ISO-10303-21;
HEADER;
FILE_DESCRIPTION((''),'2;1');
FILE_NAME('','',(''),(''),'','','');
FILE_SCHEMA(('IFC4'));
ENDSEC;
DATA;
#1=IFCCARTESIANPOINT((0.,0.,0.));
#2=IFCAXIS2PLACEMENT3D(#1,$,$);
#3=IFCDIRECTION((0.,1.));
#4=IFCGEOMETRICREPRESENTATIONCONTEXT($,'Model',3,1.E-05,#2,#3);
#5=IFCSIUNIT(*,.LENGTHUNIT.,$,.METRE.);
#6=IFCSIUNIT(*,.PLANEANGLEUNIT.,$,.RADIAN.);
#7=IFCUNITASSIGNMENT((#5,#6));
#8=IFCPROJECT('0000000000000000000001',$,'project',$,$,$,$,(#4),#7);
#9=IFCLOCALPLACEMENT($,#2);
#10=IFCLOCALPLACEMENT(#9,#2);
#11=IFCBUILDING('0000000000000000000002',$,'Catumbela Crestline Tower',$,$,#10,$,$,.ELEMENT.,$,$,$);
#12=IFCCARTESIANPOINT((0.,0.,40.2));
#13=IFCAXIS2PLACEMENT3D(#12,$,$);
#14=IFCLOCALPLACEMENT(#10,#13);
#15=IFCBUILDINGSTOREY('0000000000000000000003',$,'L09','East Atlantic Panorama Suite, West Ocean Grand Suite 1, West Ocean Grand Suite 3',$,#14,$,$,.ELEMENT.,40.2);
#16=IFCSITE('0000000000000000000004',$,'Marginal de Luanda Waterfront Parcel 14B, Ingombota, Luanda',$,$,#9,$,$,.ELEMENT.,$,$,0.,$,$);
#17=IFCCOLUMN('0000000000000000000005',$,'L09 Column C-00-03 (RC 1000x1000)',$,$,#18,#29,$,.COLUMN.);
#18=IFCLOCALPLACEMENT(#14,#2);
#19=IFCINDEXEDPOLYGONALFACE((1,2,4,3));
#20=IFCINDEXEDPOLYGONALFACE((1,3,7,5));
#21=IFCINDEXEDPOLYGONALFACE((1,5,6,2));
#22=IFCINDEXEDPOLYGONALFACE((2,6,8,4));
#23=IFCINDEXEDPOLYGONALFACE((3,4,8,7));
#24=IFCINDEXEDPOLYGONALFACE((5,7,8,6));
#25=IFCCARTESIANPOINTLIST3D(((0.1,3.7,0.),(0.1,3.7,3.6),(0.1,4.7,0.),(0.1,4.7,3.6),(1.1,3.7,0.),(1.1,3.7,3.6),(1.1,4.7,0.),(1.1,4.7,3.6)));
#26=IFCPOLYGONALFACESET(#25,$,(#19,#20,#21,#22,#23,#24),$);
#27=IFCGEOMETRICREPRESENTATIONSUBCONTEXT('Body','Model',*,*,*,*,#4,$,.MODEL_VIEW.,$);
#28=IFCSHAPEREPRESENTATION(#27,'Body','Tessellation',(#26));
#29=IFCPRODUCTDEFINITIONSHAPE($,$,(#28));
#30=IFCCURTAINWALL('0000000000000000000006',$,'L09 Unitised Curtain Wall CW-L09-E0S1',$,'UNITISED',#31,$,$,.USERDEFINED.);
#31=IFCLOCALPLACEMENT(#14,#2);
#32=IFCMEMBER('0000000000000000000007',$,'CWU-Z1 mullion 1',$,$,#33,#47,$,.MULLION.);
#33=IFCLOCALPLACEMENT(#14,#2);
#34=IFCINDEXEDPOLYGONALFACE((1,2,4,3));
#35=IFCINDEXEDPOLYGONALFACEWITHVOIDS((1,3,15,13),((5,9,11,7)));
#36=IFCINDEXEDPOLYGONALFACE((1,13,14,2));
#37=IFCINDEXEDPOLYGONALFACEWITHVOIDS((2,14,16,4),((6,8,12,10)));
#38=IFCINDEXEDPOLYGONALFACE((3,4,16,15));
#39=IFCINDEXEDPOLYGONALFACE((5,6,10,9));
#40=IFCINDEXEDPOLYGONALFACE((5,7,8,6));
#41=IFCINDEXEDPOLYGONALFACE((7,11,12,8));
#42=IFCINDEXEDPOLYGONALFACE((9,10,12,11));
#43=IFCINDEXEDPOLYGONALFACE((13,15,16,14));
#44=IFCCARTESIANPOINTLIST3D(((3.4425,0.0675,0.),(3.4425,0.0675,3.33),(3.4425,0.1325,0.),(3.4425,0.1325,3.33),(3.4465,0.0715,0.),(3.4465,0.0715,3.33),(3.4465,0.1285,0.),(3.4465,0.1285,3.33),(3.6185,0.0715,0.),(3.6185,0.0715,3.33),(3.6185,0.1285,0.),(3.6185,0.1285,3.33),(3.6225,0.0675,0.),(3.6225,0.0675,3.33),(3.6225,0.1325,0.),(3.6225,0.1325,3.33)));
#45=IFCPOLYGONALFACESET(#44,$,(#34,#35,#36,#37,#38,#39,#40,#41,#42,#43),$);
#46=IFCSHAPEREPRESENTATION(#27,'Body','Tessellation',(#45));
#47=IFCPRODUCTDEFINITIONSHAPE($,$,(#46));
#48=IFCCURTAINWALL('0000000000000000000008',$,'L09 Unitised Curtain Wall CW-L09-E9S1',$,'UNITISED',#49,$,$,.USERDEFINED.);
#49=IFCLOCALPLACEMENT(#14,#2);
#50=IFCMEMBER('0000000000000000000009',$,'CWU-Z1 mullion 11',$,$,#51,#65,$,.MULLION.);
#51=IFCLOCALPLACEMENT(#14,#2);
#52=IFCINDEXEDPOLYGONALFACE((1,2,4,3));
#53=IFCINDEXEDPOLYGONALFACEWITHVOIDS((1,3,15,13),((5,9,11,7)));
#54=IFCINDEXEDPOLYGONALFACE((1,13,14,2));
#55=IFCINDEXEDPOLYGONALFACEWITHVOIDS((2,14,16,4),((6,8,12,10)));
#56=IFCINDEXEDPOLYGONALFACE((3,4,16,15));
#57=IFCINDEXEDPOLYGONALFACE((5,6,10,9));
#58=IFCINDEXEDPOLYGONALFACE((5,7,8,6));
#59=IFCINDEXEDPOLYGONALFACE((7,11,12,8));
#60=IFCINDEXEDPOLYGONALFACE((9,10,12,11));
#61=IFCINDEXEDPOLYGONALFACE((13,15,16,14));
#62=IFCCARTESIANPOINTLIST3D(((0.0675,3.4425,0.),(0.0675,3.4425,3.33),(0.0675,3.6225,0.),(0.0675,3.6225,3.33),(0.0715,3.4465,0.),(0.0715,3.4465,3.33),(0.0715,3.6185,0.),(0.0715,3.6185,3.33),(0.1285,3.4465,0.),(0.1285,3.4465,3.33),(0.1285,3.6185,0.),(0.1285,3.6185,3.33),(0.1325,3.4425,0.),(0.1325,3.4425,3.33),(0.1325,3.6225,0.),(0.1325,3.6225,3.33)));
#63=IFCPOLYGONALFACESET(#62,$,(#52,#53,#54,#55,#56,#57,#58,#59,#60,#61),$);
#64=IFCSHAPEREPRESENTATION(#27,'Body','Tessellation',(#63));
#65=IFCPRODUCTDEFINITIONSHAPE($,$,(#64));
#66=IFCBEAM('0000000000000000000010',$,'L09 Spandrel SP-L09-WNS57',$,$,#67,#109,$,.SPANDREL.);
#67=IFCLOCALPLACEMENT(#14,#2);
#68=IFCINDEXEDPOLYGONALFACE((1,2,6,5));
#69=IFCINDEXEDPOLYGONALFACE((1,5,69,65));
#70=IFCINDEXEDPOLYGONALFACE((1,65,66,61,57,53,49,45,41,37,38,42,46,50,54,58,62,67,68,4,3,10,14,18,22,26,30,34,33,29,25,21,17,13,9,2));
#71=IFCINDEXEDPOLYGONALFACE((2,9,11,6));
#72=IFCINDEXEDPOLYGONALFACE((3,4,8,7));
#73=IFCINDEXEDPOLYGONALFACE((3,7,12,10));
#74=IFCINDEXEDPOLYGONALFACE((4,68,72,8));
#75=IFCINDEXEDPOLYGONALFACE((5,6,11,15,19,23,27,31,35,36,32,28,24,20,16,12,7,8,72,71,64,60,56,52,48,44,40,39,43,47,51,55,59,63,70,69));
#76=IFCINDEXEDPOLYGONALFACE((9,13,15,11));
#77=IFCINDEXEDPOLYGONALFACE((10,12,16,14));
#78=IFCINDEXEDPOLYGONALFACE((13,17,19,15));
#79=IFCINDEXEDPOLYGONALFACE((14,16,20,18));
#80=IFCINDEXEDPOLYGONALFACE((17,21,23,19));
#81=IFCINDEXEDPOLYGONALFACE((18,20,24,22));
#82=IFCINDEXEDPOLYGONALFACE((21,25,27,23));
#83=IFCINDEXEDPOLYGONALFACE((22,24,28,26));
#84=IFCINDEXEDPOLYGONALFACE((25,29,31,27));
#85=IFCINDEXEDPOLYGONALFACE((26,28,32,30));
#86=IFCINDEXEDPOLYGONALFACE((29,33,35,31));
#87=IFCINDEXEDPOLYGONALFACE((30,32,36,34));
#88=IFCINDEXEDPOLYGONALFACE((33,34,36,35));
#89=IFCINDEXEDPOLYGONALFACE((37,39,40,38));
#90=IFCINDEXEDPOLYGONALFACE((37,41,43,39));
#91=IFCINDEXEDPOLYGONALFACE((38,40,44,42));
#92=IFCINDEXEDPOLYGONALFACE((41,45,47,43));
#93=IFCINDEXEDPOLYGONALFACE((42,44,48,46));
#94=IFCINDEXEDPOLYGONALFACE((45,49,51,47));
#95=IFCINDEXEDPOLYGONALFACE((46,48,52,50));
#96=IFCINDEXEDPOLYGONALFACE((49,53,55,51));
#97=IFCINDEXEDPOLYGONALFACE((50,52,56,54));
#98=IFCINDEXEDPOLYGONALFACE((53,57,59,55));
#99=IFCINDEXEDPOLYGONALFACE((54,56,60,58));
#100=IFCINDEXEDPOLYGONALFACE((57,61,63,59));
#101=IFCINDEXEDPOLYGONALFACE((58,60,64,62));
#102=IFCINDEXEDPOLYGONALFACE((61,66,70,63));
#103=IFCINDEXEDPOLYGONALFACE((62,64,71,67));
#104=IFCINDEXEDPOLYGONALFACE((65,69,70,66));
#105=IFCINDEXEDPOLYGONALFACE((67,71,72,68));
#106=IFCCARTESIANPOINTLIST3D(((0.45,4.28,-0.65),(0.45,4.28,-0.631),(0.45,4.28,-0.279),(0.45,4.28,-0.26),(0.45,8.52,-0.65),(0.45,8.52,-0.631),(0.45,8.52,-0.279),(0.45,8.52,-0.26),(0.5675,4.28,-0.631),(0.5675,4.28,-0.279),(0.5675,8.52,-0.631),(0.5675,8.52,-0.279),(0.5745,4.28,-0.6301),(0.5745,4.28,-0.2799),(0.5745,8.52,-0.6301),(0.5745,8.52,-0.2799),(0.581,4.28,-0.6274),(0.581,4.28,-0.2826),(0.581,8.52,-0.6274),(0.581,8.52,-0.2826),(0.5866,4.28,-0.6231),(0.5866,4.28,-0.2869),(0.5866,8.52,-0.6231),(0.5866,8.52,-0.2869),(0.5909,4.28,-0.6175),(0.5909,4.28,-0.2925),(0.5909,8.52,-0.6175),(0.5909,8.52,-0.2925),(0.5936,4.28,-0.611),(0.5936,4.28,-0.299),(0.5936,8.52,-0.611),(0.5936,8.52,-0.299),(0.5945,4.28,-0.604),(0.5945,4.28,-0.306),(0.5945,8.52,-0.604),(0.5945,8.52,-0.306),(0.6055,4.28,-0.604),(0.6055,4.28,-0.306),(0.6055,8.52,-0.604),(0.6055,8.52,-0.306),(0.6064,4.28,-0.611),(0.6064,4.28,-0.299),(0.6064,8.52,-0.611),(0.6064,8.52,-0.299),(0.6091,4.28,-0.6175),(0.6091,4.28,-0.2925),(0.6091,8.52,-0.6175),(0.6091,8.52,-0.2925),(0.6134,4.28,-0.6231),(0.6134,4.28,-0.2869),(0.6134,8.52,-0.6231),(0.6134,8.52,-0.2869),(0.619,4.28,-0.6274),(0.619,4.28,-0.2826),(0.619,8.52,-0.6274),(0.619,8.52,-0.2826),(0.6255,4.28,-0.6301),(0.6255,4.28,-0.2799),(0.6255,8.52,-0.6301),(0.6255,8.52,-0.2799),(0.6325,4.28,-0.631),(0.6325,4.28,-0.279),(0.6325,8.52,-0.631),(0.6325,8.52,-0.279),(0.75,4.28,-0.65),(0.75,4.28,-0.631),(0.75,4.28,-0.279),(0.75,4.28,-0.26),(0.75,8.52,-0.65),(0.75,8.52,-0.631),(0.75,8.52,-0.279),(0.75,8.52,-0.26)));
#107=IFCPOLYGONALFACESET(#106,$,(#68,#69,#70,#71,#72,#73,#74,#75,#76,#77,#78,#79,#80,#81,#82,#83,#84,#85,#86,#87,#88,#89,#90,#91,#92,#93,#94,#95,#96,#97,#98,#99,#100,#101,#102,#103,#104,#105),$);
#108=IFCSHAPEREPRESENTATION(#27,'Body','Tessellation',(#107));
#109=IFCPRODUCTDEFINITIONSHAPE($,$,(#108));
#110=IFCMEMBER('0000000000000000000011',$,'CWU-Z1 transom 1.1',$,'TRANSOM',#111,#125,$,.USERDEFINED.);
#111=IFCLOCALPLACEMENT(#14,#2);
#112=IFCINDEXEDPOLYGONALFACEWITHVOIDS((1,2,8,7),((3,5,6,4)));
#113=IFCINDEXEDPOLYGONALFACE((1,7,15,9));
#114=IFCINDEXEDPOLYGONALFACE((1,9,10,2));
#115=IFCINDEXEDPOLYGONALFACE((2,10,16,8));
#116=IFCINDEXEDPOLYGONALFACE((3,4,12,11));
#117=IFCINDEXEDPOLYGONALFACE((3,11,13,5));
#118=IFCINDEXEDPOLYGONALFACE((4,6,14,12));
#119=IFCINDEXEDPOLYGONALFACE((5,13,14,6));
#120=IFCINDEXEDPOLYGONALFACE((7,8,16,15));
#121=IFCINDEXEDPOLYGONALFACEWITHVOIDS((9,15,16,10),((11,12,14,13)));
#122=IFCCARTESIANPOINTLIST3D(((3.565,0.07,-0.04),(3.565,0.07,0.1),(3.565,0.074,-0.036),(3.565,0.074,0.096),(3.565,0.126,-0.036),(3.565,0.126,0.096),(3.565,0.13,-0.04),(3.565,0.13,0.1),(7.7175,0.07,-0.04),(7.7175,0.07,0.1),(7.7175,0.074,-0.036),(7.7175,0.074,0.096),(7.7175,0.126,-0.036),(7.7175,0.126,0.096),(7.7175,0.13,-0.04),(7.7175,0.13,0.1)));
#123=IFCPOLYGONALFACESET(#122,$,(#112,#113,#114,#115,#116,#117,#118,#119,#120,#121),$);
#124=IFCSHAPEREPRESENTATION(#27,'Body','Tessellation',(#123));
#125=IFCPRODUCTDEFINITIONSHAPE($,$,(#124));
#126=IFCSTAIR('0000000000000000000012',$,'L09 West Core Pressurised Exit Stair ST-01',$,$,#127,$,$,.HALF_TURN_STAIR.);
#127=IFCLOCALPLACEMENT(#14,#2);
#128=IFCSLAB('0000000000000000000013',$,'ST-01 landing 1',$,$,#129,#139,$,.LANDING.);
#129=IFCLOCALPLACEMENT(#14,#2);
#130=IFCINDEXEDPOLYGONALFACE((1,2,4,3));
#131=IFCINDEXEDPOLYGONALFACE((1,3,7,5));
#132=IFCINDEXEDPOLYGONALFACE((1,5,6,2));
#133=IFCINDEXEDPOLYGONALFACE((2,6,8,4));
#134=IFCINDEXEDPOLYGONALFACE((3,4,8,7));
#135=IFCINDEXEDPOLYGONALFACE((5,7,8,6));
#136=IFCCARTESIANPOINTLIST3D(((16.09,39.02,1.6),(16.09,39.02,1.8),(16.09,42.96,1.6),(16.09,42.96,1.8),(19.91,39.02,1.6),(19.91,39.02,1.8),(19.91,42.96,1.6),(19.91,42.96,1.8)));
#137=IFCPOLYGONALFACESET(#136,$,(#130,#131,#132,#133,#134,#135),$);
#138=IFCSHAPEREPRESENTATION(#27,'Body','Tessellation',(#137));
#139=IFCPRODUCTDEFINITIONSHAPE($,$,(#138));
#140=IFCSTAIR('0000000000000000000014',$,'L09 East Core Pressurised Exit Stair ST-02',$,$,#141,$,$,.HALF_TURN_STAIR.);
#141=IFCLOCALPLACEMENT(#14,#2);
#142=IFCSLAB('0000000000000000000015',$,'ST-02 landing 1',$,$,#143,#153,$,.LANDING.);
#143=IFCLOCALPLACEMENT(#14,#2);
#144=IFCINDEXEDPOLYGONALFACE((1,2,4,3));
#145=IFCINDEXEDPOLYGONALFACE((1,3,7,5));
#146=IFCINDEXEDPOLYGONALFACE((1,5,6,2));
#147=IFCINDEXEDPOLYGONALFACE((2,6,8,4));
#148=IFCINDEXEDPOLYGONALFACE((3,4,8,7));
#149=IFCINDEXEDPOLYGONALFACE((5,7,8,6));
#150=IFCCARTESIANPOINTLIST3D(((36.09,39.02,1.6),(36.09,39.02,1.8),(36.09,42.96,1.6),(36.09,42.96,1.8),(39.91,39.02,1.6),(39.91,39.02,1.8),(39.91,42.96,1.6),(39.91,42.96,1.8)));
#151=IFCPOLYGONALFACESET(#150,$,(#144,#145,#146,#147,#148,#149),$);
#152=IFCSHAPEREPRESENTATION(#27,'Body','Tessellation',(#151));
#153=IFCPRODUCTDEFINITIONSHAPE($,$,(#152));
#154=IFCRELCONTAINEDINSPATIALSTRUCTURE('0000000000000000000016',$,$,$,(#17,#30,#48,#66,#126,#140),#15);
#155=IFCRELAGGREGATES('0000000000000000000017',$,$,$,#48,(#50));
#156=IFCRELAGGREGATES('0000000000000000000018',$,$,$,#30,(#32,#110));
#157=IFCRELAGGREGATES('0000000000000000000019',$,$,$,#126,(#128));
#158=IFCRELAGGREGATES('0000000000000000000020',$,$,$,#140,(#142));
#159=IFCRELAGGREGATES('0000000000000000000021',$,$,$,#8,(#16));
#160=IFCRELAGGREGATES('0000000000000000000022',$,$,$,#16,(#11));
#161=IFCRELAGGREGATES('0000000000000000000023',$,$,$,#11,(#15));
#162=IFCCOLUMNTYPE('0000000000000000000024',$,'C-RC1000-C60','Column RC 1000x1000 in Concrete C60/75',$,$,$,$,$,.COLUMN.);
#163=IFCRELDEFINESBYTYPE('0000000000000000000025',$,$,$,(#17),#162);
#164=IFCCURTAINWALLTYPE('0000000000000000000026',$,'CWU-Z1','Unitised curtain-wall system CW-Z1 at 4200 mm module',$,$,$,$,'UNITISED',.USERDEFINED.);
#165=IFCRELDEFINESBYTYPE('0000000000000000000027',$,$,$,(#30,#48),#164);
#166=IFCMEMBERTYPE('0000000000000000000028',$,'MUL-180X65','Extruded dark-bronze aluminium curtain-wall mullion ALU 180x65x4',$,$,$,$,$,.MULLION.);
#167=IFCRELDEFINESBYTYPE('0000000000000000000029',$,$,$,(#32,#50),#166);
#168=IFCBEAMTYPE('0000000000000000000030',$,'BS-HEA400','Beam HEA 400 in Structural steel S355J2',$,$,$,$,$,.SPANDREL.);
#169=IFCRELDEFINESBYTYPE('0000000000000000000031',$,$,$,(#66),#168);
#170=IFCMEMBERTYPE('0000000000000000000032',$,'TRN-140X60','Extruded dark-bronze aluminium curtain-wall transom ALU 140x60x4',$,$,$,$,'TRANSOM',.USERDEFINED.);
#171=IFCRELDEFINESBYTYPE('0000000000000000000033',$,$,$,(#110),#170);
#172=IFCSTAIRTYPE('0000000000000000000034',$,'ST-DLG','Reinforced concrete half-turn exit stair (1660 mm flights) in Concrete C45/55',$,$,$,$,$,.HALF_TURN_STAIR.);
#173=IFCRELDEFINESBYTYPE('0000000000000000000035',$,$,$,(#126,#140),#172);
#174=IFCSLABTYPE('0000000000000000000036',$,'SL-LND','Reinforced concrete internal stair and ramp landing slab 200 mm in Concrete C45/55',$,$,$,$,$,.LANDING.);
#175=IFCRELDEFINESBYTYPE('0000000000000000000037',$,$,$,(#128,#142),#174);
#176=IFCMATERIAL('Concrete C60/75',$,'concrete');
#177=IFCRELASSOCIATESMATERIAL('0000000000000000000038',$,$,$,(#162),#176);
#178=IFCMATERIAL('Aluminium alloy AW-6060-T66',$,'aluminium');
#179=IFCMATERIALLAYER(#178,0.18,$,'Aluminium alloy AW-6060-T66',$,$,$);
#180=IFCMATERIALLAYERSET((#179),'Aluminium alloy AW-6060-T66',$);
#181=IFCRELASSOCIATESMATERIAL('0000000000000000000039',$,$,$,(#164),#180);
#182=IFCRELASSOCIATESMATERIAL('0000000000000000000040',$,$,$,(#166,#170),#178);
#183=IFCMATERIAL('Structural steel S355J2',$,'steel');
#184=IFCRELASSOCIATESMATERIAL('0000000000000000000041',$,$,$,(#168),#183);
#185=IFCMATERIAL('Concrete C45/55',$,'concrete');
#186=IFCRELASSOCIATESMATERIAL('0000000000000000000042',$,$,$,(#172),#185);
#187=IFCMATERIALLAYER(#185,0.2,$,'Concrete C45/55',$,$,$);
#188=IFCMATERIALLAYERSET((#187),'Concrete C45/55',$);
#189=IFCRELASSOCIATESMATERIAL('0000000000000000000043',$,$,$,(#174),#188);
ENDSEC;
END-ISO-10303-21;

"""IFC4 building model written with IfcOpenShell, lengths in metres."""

from ifc_helpers import new_model, si_unit, direction, frame, origin, origin_2d, place, context, subcontext, project, spatial, polyline, rectangle, hollow_rectangle, i_section, outline, extrude, material, layer, layer_set, material_profile, profile_set, type_object, element, aggregate, save


model = new_model("IFC4")

# Units and contexts
model_context = context("Model", 3, precision=1e-05, world=origin(), true_north=direction((0.0, 1.0)))
body_context = subcontext(model_context, "Body", "Model", "MODEL_VIEW")
ifc_project = project(units=[si_unit("LENGTHUNIT", "METRE"), si_unit("PLANEANGLEUNIT", "RADIAN")], contexts=[model_context])

# Site, building, storey
site_placement = place(None, origin())
site = spatial("IfcSite", under=ifc_project, at=site_placement, Name="Marginal de Luanda Waterfront Parcel 14B, Ingombota, Luanda", CompositionType="ELEMENT", RefElevation=0.0)
building_placement = place(site_placement, origin())
building = spatial("IfcBuilding", under=site, at=building_placement, Name="Catumbela Crestline Tower", CompositionType="ELEMENT")
storey_placement = place(building_placement, frame((0.0, 0.0, 40.2)))
storey = spatial("IfcBuildingStorey", under=building, at=storey_placement, Name="L09", Description="East Atlantic Panorama Suite, West Ocean Grand Suite 1, West Ocean Grand Suite 3", CompositionType="ELEMENT", Elevation=40.2)

# Column
ifc_material_1 = material(Name="Concrete C60/75", Category="concrete")
ifc_material_profile_1 = material_profile(ifc_material_1, rectangle(XDim=1.0, YDim=1.0, at=origin_2d()), Name="RC 1000x1000")
ifc_profile_set_1 = profile_set([ifc_material_profile_1], Name="Concrete C60/75")
column_type = type_object("IfcColumnType", Name="C-RC1000-C60", Description="Column RC 1000x1000 in Concrete C60/75", PredefinedType="COLUMN", material=ifc_profile_set_1)
column_placement = place(storey_placement, frame((0.6, 4.2, 0.0), z_axis=(0.0, 0.0, 1.0), x_axis=(1.0, 0.0, 0.0)))
element("IfcColumn", 1, at=column_placement, inside=storey, type_object=column_type, Name="L09 Column C-00-03 (RC 1000x1000)", PredefinedType="COLUMN", context=body_context, shape_type="SweptSolid", body=[
    extrude(rectangle(XDim=1.0, YDim=1.0, at=origin_2d()), origin(), (0.0, 0.0, 1.0), 3.6),
])

# Curtain walls, members
ifc_material_2 = material(Name="Aluminium alloy AW-6060-T66", Category="aluminium")
ifc_layer_1 = layer(ifc_material_2, 0.18, Name="Aluminium alloy AW-6060-T66")
ifc_layer_set_1 = layer_set([ifc_layer_1], Name="Aluminium alloy AW-6060-T66")
curtain_wall_type = type_object("IfcCurtainWallType", Name="CWU-Z1", Description="Unitised curtain-wall system CW-Z1 at 4200 mm module", ElementType="UNITISED", PredefinedType="USERDEFINED", material=ifc_layer_set_1)
curtain_wall_1_placement = place(storey_placement, origin())
curtain_wall_1 = element("IfcCurtainWall", 2, at=curtain_wall_1_placement, inside=storey, type_object=curtain_wall_type, Name="L09 Unitised Curtain Wall CW-L09-E0S1", ObjectType="UNITISED", PredefinedType="USERDEFINED")
ifc_material_profile_2 = material_profile(ifc_material_2, hollow_rectangle(XDim=0.065, YDim=0.18, WallThickness=0.004, at=origin_2d()), Name="ALU 180x65x4")
ifc_profile_set_2 = profile_set([ifc_material_profile_2], Name="Aluminium alloy AW-6060-T66")
member_type_1 = type_object("IfcMemberType", Name="MUL-180X65", Description="Extruded dark-bronze aluminium curtain-wall mullion ALU 180x65x4", PredefinedType="MULLION", material=ifc_profile_set_2)
member_1_placement = place(storey_placement, frame((3.5325, 0.1, 0.0), z_axis=(0.0, 0.0, 1.0), x_axis=(0.0, 1.0, 0.0)))
member_1 = element("IfcMember", 3, at=member_1_placement, type_object=member_type_1, Name="CWU-Z1 mullion 1", PredefinedType="MULLION", context=body_context, shape_type="SweptSolid", body=[
    extrude(hollow_rectangle(XDim=0.065, YDim=0.18, WallThickness=0.004, at=origin_2d()), origin(), (0.0, 0.0, 1.0), 3.33),
])
curtain_wall_2_placement = place(storey_placement, origin())
curtain_wall_2 = element("IfcCurtainWall", 4, at=curtain_wall_2_placement, inside=storey, type_object=curtain_wall_type, Name="L09 Unitised Curtain Wall CW-L09-E9S1", ObjectType="UNITISED", PredefinedType="USERDEFINED")
member_2_placement = place(storey_placement, frame((0.1, 3.5325, 0.0), z_axis=(0.0, 0.0, 1.0), x_axis=(1.0, 0.0, 0.0)))
member_2 = element("IfcMember", 5, at=member_2_placement, type_object=member_type_1, Name="CWU-Z1 mullion 11", PredefinedType="MULLION", context=body_context, shape_type="SweptSolid", body=[
    extrude(hollow_rectangle(XDim=0.065, YDim=0.18, WallThickness=0.004, at=origin_2d()), origin(), (0.0, 0.0, 1.0), 3.33),
])
aggregate(curtain_wall_2, [member_2])

# Beam
ifc_material_3 = material(Name="Structural steel S355J2", Category="steel")
ifc_material_profile_3 = material_profile(ifc_material_3, i_section(OverallWidth=0.3, OverallDepth=0.39, WebThickness=0.011, FlangeThickness=0.019, FilletRadius=0.027, at=origin_2d()), Name="HEA 400")
ifc_profile_set_3 = profile_set([ifc_material_profile_3], Name="Structural steel S355J2")
beam_type = type_object("IfcBeamType", Name="BS-HEA400", Description="Beam HEA 400 in Structural steel S355J2", PredefinedType="SPANDREL", material=ifc_profile_set_3)
beam_placement = place(storey_placement, frame((0.6, 4.28, -0.455), z_axis=(0.0, 1.0, 0.0), x_axis=(-1.0, 0.0, 0.0)))
element("IfcBeam", 6, at=beam_placement, inside=storey, type_object=beam_type, Name="L09 Spandrel SP-L09-WNS57", PredefinedType="SPANDREL", context=body_context, shape_type="SweptSolid", body=[
    extrude(i_section(OverallWidth=0.3, OverallDepth=0.39, WebThickness=0.011, FlangeThickness=0.019, FilletRadius=0.027, at=origin_2d()), origin(), (0.0, 0.0, 1.0), 4.24),
])

# Member
ifc_material_profile_4 = material_profile(ifc_material_2, hollow_rectangle(XDim=0.06, YDim=0.14, WallThickness=0.004, at=origin_2d()), Name="ALU 140x60x4")
ifc_profile_set_4 = profile_set([ifc_material_profile_4], Name="Aluminium alloy AW-6060-T66")
member_type_2 = type_object("IfcMemberType", Name="TRN-140X60", Description="Extruded dark-bronze aluminium curtain-wall transom ALU 140x60x4", ElementType="TRANSOM", PredefinedType="USERDEFINED", material=ifc_profile_set_4)
member_3_placement = place(storey_placement, frame((3.565, 0.1, 0.03), z_axis=(1.0, 0.0, 0.0), x_axis=(0.0, 1.0, 0.0)))
member_3 = element("IfcMember", 7, at=member_3_placement, type_object=member_type_2, Name="CWU-Z1 transom 1.1", ObjectType="TRANSOM", PredefinedType="USERDEFINED", context=body_context, shape_type="SweptSolid", body=[
    extrude(hollow_rectangle(XDim=0.06, YDim=0.14, WallThickness=0.004, at=origin_2d()), origin(), (0.0, 0.0, 1.0), 4.1525),
])
aggregate(curtain_wall_1, [member_1, member_3])

# Stairs, slabs
ifc_material_4 = material(Name="Concrete C45/55", Category="concrete")
stair_type = type_object("IfcStairType", Name="ST-DLG", Description="Reinforced concrete half-turn exit stair (1660 mm flights) in Concrete C45/55", PredefinedType="HALF_TURN_STAIR", material=ifc_material_4)
stair_1_placement = place(storey_placement, origin())
stair_1 = element("IfcStair", 8, at=stair_1_placement, inside=storey, type_object=stair_type, Name="L09 West Core Pressurised Exit Stair ST-01", PredefinedType="HALF_TURN_STAIR")
ifc_layer_2 = layer(ifc_material_4, 0.2, Name="Concrete C45/55")
ifc_layer_set_2 = layer_set([ifc_layer_2], Name="Concrete C45/55")
slab_type_1 = type_object("IfcSlabType", Name="SL-LND", Description="Reinforced concrete internal stair and ramp landing slab 200 mm in Concrete C45/55", PredefinedType="LANDING", material=ifc_layer_set_2)
slab_1_placement = place(storey_placement, frame((0.0, 0.0, 1.6)))
slab_1 = element("IfcSlab", 9, at=slab_1_placement, type_object=slab_type_1, Name="ST-01 landing 1", PredefinedType="LANDING", context=body_context, shape_type="SweptSolid", body=[
    extrude(outline(polyline([(19.91, 39.02), (19.91, 42.96), (16.09, 42.96), (16.09, 39.02), (19.91, 39.02)])), origin(), (0.0, 0.0, 1.0), 0.2),
])
aggregate(stair_1, [slab_1])
stair_2_placement = place(storey_placement, origin())
stair_2 = element("IfcStair", 10, at=stair_2_placement, inside=storey, type_object=stair_type, Name="L09 East Core Pressurised Exit Stair ST-02", PredefinedType="HALF_TURN_STAIR")
slab_2_placement = place(storey_placement, frame((0.0, 0.0, 1.6)))
slab_2 = element("IfcSlab", 11, at=slab_2_placement, type_object=slab_type_1, Name="ST-02 landing 1", PredefinedType="LANDING", context=body_context, shape_type="SweptSolid", body=[
    extrude(outline(polyline([(39.91, 39.02), (39.91, 42.96), (36.09, 42.96), (36.09, 39.02), (39.91, 39.02)])), origin(), (0.0, 0.0, 1.0), 0.2),
])
aggregate(stair_2, [slab_2])

save(model, "model.ifc")
